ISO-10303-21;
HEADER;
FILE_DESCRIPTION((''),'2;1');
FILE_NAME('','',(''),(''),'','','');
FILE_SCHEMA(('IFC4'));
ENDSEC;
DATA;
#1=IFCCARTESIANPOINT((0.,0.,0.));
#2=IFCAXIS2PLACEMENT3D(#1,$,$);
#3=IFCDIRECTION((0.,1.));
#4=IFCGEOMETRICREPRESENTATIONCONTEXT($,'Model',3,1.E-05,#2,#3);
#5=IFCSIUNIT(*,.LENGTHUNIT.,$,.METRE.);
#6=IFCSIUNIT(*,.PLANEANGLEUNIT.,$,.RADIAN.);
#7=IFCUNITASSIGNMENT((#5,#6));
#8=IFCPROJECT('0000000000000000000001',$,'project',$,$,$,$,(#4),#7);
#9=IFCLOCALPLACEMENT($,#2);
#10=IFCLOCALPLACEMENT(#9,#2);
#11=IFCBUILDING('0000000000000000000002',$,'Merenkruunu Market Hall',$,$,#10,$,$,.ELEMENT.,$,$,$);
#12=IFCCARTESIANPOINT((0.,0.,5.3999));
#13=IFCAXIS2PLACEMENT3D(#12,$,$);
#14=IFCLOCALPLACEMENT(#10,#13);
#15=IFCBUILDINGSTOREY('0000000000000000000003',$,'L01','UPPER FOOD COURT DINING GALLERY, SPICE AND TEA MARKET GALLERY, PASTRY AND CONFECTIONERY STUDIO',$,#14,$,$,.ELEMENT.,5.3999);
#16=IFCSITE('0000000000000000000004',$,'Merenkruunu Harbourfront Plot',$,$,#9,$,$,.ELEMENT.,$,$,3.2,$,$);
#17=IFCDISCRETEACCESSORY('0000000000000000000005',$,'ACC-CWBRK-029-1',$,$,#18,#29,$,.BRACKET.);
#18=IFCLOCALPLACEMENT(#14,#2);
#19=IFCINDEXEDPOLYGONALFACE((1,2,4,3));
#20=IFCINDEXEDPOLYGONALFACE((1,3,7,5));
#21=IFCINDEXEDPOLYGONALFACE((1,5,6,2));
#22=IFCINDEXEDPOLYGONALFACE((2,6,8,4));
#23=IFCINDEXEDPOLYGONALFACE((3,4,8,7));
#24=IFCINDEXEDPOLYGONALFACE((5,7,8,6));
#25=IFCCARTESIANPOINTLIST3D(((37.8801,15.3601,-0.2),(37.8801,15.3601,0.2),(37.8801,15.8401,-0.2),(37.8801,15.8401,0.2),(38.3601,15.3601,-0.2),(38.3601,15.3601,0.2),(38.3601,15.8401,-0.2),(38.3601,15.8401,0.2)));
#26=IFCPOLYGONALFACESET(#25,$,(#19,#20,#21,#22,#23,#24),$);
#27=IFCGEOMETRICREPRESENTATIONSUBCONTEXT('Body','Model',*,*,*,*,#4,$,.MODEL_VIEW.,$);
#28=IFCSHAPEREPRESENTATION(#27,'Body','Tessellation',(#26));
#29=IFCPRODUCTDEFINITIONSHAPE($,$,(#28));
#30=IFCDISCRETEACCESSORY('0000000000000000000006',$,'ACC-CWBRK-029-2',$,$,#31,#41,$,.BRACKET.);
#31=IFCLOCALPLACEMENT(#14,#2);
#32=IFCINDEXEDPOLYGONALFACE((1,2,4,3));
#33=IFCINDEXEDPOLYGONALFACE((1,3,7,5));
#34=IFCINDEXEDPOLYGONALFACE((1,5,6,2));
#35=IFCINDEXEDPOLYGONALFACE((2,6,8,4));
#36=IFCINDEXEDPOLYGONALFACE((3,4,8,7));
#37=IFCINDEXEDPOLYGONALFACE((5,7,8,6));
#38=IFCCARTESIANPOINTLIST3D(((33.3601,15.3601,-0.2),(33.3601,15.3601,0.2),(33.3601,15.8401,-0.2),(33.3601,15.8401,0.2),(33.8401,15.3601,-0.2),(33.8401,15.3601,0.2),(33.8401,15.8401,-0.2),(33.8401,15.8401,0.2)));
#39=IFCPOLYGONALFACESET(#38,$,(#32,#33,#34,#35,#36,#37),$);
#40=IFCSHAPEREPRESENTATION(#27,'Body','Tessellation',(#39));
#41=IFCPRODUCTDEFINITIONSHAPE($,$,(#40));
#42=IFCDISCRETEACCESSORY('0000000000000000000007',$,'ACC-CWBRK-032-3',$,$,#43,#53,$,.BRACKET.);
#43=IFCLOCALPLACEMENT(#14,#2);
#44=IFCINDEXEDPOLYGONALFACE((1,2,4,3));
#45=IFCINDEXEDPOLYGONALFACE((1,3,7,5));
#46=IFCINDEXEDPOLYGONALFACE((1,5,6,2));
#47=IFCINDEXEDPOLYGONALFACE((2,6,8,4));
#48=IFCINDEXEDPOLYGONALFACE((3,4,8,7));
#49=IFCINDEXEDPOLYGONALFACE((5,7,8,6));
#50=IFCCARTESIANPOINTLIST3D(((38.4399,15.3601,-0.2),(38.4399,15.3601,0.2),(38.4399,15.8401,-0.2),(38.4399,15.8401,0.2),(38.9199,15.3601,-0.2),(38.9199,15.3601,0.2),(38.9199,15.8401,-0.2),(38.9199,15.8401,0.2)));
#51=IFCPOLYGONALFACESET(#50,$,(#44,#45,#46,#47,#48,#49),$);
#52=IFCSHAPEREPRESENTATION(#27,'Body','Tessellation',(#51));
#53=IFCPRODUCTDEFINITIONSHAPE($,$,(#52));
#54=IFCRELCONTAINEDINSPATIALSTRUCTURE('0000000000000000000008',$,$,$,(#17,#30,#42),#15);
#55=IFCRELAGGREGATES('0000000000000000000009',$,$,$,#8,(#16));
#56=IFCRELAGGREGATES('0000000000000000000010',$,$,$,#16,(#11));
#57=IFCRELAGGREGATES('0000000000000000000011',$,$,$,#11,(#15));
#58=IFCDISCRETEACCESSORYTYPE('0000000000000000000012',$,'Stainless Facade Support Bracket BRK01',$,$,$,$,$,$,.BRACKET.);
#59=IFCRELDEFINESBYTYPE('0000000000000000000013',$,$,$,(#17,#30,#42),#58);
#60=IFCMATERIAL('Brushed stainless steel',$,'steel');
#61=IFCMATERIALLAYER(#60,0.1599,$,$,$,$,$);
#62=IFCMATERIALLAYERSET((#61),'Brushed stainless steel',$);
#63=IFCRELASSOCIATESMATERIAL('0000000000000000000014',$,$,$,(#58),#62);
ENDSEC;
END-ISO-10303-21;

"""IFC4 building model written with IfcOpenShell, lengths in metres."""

from ifc_helpers import new_model, si_unit, direction, frame, origin, origin_2d, place, context, subcontext, project, spatial, rectangle, extrude, material, layer, layer_set, type_object, element, save


model = new_model("IFC4")

# Units and contexts
model_context = context("Model", 3, precision=1e-05, world=origin(), true_north=direction((0.0, 1.0)))
body_context = subcontext(model_context, "Body", "Model", "MODEL_VIEW")
ifc_project = project(units=[si_unit("LENGTHUNIT", "METRE"), si_unit("PLANEANGLEUNIT", "RADIAN")], contexts=[model_context])

# Site, building, storey
site_placement = place(None, origin())
site = spatial("IfcSite", under=ifc_project, at=site_placement, Name="Merenkruunu Harbourfront Plot", CompositionType="ELEMENT", RefElevation=3.2)
building_placement = place(site_placement, origin())
building = spatial("IfcBuilding", under=site, at=building_placement, Name="Merenkruunu Market Hall", CompositionType="ELEMENT")
storey_placement = place(building_placement, frame((0.0, 0.0, 5.3999)))
storey = spatial("IfcBuildingStorey", under=building, at=storey_placement, Name="L01", Description="UPPER FOOD COURT DINING GALLERY, SPICE AND TEA MARKET GALLERY, PASTRY AND CONFECTIONERY STUDIO", CompositionType="ELEMENT", Elevation=5.3999)

# Discrete accessories
ifc_material_1 = material(Name="Brushed stainless steel", Category="steel")
ifc_layer_1 = layer(ifc_material_1, 0.1599)
ifc_layer_set_1 = layer_set([ifc_layer_1], Name="Brushed stainless steel")
discrete_accessory_type = type_object("IfcDiscreteAccessoryType", Name="Stainless Facade Support Bracket BRK01", PredefinedType="BRACKET", material=ifc_layer_set_1)
for number, where, z_axis, x_axis, name in (
    (1, (38.1201, 15.6001, -0.2), (0.0, 0.0, 1.0), (1.0, 0.0, 0.0), "ACC-CWBRK-029-1"),
    (2, (33.6001, 15.6001, -0.2), (0.0, 0.0, 1.0), (1.0, 0.0, 0.0), "ACC-CWBRK-029-2"),
    (3, (38.6799, 15.6001, -0.2), (0.0, 0.0, 1.0), (1.0, 0.0, 0.0), "ACC-CWBRK-032-3"),
):
    element("IfcDiscreteAccessory", number, at=place(storey_placement, frame(where, z_axis=z_axis, x_axis=x_axis)), inside=storey, type_object=discrete_accessory_type, Name=name, PredefinedType="BRACKET", context=body_context, shape_type="SweptSolid", body=[
        extrude(rectangle(XDim=0.48, YDim=0.48, at=origin_2d()), origin(), (0.0, 0.0, 1.0), 0.3999),
    ])

save(model, "model.ifc")
